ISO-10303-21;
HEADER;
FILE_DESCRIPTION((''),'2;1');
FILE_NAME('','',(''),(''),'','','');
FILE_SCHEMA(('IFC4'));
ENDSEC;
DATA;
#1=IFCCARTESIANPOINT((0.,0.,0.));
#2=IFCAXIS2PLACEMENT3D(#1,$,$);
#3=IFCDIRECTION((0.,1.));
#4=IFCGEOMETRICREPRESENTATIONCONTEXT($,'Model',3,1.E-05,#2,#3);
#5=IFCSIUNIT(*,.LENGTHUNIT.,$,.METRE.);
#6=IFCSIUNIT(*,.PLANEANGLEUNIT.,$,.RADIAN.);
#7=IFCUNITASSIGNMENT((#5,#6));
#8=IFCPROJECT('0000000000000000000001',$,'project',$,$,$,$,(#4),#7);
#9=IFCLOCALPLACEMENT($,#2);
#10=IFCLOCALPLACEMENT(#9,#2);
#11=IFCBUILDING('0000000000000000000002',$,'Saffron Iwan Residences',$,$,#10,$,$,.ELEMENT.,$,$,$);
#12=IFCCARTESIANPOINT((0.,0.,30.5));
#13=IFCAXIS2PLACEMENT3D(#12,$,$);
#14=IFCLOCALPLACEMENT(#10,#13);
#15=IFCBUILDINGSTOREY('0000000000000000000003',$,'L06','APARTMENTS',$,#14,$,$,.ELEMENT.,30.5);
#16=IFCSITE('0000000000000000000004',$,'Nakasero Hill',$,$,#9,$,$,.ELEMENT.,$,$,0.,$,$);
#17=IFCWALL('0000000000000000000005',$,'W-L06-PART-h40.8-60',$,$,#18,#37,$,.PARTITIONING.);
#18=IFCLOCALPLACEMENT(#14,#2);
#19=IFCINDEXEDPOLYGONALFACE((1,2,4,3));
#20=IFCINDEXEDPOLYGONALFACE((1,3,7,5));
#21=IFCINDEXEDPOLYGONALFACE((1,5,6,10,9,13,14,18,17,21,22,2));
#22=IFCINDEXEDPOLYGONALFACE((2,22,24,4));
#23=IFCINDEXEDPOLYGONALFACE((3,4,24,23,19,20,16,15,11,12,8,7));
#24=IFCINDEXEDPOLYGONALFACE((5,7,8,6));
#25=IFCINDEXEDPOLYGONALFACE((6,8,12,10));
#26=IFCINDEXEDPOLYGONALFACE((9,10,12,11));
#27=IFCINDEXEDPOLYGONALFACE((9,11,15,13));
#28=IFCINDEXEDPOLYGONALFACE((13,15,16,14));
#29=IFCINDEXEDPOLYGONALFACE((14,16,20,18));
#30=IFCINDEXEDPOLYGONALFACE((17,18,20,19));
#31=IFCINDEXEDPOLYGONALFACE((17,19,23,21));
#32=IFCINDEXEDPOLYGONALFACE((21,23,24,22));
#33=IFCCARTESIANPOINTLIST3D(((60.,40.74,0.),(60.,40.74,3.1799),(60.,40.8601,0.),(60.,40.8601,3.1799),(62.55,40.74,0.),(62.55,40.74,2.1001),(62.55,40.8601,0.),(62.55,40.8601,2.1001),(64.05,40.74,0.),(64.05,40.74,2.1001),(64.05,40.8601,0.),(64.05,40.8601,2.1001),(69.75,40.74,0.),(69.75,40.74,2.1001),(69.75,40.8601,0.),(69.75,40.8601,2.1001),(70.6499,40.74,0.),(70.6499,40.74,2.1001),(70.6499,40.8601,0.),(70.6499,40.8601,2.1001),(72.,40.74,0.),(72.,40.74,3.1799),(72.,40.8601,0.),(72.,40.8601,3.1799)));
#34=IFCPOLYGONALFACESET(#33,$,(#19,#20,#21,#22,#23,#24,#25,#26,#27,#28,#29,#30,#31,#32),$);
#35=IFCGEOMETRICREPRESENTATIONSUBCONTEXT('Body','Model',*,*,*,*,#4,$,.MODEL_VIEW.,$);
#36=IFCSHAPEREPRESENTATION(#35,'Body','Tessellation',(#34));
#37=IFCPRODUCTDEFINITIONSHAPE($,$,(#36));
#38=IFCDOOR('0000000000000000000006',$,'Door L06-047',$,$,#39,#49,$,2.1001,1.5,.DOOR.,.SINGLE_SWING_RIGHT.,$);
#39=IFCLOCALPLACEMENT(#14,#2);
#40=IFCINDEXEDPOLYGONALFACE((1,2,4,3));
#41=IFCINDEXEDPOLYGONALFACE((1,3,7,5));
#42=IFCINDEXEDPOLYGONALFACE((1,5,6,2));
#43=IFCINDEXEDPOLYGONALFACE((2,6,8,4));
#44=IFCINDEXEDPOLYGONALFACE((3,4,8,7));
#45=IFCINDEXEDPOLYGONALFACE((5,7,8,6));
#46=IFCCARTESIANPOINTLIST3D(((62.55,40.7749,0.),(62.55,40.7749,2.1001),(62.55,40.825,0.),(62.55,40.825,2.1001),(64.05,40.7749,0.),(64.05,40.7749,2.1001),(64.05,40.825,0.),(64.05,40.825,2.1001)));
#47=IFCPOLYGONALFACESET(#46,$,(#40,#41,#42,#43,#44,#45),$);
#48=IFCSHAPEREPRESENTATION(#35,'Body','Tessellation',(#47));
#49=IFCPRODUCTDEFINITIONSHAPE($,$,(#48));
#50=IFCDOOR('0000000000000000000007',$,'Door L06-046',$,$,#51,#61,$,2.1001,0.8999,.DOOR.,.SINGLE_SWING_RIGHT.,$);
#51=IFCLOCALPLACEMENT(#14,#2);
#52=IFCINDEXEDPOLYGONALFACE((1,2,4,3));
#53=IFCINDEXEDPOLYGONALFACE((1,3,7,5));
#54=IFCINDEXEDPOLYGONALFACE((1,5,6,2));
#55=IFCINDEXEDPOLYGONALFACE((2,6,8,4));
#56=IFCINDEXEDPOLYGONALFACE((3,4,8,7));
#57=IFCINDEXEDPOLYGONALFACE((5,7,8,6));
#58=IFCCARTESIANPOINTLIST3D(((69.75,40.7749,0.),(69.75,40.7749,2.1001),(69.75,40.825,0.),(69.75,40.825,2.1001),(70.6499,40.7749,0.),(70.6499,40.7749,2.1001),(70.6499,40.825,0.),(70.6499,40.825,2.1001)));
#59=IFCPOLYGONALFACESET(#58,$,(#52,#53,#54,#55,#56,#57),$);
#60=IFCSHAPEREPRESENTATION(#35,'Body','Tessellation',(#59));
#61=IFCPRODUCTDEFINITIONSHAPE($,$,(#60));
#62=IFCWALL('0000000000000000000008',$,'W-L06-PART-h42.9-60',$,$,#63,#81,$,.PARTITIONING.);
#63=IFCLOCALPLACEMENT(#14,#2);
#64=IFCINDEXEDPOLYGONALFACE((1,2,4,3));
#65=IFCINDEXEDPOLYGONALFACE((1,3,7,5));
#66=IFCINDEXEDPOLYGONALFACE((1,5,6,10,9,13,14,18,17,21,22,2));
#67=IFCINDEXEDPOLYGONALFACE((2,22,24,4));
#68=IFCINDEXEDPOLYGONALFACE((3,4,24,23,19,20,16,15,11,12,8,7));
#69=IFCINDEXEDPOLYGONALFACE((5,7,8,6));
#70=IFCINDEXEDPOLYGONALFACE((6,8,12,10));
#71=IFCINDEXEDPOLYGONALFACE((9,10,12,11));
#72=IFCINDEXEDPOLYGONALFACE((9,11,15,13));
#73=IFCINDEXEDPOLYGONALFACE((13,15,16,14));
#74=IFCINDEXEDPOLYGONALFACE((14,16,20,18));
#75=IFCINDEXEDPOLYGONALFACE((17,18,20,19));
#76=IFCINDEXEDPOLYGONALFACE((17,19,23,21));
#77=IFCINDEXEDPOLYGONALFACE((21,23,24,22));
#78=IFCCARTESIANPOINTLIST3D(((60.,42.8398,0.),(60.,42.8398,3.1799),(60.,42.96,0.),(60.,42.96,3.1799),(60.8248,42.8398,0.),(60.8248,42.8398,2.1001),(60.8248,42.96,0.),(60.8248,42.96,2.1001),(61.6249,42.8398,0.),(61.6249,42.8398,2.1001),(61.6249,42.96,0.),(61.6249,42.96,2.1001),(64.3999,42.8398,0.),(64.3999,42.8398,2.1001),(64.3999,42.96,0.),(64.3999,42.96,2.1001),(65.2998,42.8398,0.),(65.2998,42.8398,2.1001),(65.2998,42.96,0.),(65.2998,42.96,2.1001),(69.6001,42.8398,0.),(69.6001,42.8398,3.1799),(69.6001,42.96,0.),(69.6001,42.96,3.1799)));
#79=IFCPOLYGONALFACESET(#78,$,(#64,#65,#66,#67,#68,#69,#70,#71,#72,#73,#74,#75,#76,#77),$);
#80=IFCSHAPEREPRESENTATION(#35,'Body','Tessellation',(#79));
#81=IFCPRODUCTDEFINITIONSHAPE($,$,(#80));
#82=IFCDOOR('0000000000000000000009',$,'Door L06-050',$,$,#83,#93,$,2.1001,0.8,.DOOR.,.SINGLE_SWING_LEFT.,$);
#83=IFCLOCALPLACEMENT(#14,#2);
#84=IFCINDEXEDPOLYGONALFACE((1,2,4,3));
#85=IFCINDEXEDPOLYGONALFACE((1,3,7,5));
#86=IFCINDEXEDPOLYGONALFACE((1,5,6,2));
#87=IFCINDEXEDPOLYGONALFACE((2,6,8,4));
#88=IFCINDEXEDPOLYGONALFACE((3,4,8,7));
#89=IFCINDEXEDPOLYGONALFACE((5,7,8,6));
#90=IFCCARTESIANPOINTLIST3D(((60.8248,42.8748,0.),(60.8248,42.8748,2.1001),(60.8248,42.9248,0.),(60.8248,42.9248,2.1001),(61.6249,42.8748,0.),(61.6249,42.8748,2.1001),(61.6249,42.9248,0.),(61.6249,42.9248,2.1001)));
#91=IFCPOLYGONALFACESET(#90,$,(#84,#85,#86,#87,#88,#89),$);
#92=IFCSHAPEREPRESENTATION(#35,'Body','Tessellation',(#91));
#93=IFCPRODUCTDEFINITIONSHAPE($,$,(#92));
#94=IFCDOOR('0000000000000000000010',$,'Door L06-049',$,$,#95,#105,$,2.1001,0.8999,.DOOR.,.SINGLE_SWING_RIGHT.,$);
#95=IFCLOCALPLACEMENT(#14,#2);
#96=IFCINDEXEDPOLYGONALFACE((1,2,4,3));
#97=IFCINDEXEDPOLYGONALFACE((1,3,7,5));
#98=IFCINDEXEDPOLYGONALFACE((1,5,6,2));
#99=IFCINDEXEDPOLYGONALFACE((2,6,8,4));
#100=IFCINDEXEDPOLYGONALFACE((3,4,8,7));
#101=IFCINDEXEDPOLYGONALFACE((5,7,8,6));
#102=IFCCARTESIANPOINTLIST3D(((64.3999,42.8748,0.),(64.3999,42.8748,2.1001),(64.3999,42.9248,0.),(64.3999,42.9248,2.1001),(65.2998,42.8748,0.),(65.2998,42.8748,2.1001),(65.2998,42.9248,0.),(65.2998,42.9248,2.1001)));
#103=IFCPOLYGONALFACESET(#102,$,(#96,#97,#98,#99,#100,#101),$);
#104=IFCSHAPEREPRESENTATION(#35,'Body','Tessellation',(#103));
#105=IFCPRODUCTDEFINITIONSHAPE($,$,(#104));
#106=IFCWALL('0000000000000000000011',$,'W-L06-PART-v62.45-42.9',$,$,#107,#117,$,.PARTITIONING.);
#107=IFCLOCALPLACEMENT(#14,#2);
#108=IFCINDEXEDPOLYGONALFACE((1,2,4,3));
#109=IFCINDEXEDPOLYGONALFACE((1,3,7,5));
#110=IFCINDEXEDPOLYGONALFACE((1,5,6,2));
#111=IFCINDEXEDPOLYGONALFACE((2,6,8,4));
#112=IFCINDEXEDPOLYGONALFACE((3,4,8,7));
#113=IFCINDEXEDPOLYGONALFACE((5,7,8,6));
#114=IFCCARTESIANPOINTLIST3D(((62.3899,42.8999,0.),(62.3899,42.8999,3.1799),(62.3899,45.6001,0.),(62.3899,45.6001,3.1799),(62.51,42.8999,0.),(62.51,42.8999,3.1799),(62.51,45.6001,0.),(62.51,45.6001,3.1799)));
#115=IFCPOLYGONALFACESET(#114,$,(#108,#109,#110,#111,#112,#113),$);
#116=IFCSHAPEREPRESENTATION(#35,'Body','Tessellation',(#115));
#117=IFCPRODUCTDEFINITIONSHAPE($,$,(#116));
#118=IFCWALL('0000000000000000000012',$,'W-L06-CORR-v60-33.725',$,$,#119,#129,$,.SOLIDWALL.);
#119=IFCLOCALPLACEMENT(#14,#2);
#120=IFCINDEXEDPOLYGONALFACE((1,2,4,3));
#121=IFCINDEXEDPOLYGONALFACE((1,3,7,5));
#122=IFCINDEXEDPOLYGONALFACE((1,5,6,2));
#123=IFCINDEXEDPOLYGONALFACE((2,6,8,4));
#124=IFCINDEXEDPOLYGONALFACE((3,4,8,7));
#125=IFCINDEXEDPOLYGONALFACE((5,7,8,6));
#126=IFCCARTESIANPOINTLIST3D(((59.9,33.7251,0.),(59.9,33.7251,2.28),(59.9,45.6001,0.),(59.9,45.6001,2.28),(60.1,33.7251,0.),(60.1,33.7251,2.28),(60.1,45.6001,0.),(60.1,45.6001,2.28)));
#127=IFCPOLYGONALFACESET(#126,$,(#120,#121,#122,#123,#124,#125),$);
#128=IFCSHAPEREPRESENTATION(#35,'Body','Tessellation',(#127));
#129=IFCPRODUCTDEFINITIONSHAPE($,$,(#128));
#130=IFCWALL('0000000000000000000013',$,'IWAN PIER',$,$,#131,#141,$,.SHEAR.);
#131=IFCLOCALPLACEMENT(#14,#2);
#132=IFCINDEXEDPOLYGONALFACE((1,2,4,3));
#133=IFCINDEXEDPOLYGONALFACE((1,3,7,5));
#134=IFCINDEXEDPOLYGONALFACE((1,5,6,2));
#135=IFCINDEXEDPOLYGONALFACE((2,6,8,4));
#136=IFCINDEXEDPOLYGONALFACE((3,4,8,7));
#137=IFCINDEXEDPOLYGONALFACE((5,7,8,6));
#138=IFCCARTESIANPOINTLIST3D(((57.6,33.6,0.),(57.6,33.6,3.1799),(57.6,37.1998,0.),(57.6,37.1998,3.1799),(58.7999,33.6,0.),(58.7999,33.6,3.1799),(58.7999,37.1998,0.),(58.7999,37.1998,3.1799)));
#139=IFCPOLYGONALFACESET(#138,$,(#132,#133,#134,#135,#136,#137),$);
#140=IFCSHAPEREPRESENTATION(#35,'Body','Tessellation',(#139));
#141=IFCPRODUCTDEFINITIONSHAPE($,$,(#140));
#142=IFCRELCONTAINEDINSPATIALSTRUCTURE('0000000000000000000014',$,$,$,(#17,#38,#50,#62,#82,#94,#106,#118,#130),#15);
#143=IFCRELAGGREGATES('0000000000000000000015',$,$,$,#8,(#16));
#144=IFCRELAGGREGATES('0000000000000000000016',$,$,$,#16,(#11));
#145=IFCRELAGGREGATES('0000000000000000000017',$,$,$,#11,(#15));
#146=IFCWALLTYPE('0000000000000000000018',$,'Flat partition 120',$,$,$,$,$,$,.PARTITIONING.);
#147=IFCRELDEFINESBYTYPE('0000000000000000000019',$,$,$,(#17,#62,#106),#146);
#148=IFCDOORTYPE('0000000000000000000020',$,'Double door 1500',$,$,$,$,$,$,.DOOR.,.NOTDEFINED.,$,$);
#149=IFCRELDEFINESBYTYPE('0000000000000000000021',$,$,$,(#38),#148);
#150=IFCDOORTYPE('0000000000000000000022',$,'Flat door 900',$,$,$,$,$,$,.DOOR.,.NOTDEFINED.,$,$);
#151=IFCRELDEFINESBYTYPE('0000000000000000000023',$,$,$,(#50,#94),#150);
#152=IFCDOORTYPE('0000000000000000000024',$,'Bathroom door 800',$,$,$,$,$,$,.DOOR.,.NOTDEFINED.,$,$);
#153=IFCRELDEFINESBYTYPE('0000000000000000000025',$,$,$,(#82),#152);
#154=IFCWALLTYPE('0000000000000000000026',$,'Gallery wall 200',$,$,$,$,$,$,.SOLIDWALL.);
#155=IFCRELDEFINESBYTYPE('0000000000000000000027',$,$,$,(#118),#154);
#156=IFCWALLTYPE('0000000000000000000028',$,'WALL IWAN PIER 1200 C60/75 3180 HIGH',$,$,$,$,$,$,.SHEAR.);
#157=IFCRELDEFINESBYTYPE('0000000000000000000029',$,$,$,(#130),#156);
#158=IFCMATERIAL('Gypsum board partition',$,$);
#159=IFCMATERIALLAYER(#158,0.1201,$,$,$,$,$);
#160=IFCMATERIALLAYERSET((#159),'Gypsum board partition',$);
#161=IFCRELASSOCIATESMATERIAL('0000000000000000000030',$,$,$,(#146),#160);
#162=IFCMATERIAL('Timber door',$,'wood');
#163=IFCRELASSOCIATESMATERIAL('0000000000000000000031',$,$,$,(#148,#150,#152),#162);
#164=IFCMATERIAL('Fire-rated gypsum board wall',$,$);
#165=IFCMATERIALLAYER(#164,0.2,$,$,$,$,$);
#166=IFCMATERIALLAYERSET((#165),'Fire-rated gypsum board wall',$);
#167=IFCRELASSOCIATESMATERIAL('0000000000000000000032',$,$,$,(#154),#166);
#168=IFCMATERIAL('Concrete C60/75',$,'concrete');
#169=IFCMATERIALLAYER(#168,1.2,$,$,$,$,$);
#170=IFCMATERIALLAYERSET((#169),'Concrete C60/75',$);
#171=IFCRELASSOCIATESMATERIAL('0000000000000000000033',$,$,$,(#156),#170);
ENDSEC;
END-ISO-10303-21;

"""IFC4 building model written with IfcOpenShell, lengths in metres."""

from ifc_helpers import new_model, si_unit, direction, frame, frame_2d, origin, place, context, subcontext, project, spatial, rectangle, extrude, material, layer, layer_set, type_object, element, fill, save


model = new_model("IFC4")

# Units and contexts
model_context = context("Model", 3, precision=1e-05, world=origin(), true_north=direction((0.0, 1.0)))
body_context = subcontext(model_context, "Body", "Model", "MODEL_VIEW")
ifc_project = project(units=[si_unit("LENGTHUNIT", "METRE"), si_unit("PLANEANGLEUNIT", "RADIAN")], contexts=[model_context])

# Site, building, storey
site_placement = place(None, origin())
site = spatial("IfcSite", under=ifc_project, at=site_placement, Name="Nakasero Hill", CompositionType="ELEMENT", RefElevation=0.0)
building_placement = place(site_placement, origin())
building = spatial("IfcBuilding", under=site, at=building_placement, Name="Saffron Iwan Residences", CompositionType="ELEMENT")
storey_placement = place(building_placement, frame((0.0, 0.0, 30.5)))
storey = spatial("IfcBuildingStorey", under=building, at=storey_placement, Name="L06", Description="APARTMENTS", CompositionType="ELEMENT", Elevation=30.5)

# Shared definitions
ifc_material_1 = material(Name="Concrete C60/75", Category="concrete")

# Walls, openings, doors
ifc_material_2 = material(Name="Gypsum board partition")
ifc_layer_1 = layer(ifc_material_2, 0.1201)
ifc_layer_set_1 = layer_set([ifc_layer_1], Name="Gypsum board partition")
wall_type_1 = type_object("IfcWallType", Name="Flat partition 120", PredefinedType="PARTITIONING", material=ifc_layer_set_1)
wall_1_placement = place(storey_placement, frame((60.0, 40.8, 0.0), z_axis=(0.0, 0.0, 1.0), x_axis=(1.0, 0.0, 0.0)))
wall_1 = element("IfcWall", 1, at=wall_1_placement, inside=storey, type_object=wall_type_1, Name="W-L06-PART-h40.8-60", PredefinedType="PARTITIONING", context=body_context, shape_type="SweptSolid", body=[
    extrude(rectangle(XDim=12.0, YDim=0.1201, at=frame_2d((6.0, 0.0))), origin(), (0.0, 0.0, 1.0), 3.1799),
])
opening_1_placement = place(wall_1_placement, frame((9.75, 0.0, 0.0)))
opening_1 = element("IfcOpeningElement", 2, at=opening_1_placement, cuts=wall_1, PredefinedType="OPENING", context=body_context, shape_type="SweptSolid", body=[
    extrude(rectangle(XDim=0.8999, YDim=2.1001, at=frame_2d((0.45, 1.05))), frame((0.0, 0.0701, 0.0), z_axis=(0.0, -1.0, 0.0), x_axis=(1.0, 0.0, 0.0)), (0.0, 0.0, 1.0), 0.1401),
])
opening_2_placement = place(wall_1_placement, frame((2.55, 0.0, 0.0)))
opening_2 = element("IfcOpeningElement", 3, at=opening_2_placement, cuts=wall_1, PredefinedType="OPENING", context=body_context, shape_type="SweptSolid", body=[
    extrude(rectangle(XDim=1.5, YDim=2.1001, at=frame_2d((0.75, 1.05))), frame((0.0, 0.0701, 0.0), z_axis=(0.0, -1.0, 0.0), x_axis=(1.0, 0.0, 0.0)), (0.0, 0.0, 1.0), 0.1401),
])
ifc_material_3 = material(Name="Timber door", Category="wood")
door_type_1 = type_object("IfcDoorType", Name="Double door 1500", OperationType="NOTDEFINED", PredefinedType="DOOR", material=ifc_material_3)
door_1_placement = place(opening_2_placement, origin())
door_1 = element("IfcDoor", 4, at=door_1_placement, inside=storey, type_object=door_type_1, Name="Door L06-047", OperationType="SINGLE_SWING_RIGHT", OverallHeight=2.1001, OverallWidth=1.5, PredefinedType="DOOR", context=body_context, shape_type="SweptSolid", body=[
    extrude(rectangle(XDim=1.5, YDim=2.1001, at=frame_2d((0.75, 1.05))), frame((0.0, 0.0249, 0.0), z_axis=(0.0, -1.0, 0.0), x_axis=(1.0, 0.0, 0.0)), (0.0, 0.0, 1.0), 0.05),
])
fill(opening_2, door_1)
door_type_2 = type_object("IfcDoorType", Name="Flat door 900", OperationType="NOTDEFINED", PredefinedType="DOOR", material=ifc_material_3)
door_2_placement = place(opening_1_placement, origin())
door_2 = element("IfcDoor", 5, at=door_2_placement, inside=storey, type_object=door_type_2, Name="Door L06-046", OperationType="SINGLE_SWING_RIGHT", OverallHeight=2.1001, OverallWidth=0.8999, PredefinedType="DOOR", context=body_context, shape_type="SweptSolid", body=[
    extrude(rectangle(XDim=0.8999, YDim=2.1001, at=frame_2d((0.45, 1.05))), frame((0.0, 0.0249, 0.0), z_axis=(0.0, -1.0, 0.0), x_axis=(1.0, 0.0, 0.0)), (0.0, 0.0, 1.0), 0.05),
])
fill(opening_1, door_2)
wall_2_placement = place(storey_placement, frame((60.0, 42.8999, 0.0), z_axis=(0.0, 0.0, 1.0), x_axis=(1.0, 0.0, 0.0)))
wall_2 = element("IfcWall", 6, at=wall_2_placement, inside=storey, type_object=wall_type_1, Name="W-L06-PART-h42.9-60", PredefinedType="PARTITIONING", context=body_context, shape_type="SweptSolid", body=[
    extrude(rectangle(XDim=9.6001, YDim=0.1201, at=frame_2d((4.8, 0.0))), origin(), (0.0, 0.0, 1.0), 3.1799),
])
opening_3_placement = place(wall_2_placement, frame((4.3999, 0.0, 0.0)))
opening_3 = element("IfcOpeningElement", 7, at=opening_3_placement, cuts=wall_2, PredefinedType="OPENING", context=body_context, shape_type="SweptSolid", body=[
    extrude(rectangle(XDim=0.8999, YDim=2.1001, at=frame_2d((0.45, 1.05))), frame((0.0, 0.0701, 0.0), z_axis=(0.0, -1.0, 0.0), x_axis=(1.0, 0.0, 0.0)), (0.0, 0.0, 1.0), 0.1401),
])
opening_4_placement = place(wall_2_placement, frame((0.825, 0.0, 0.0)))
opening_4 = element("IfcOpeningElement", 8, at=opening_4_placement, cuts=wall_2, PredefinedType="OPENING", context=body_context, shape_type="SweptSolid", body=[
    extrude(rectangle(XDim=0.8, YDim=2.1001, at=frame_2d((0.3999, 1.05))), frame((0.0, 0.0701, 0.0), z_axis=(0.0, -1.0, 0.0), x_axis=(1.0, 0.0, 0.0)), (0.0, 0.0, 1.0), 0.1401),
])
door_type_3 = type_object("IfcDoorType", Name="Bathroom door 800", OperationType="NOTDEFINED", PredefinedType="DOOR", material=ifc_material_3)
door_3_placement = place(opening_4_placement, origin())
door_3 = element("IfcDoor", 9, at=door_3_placement, inside=storey, type_object=door_type_3, Name="Door L06-050", OperationType="SINGLE_SWING_LEFT", OverallHeight=2.1001, OverallWidth=0.8, PredefinedType="DOOR", context=body_context, shape_type="SweptSolid", body=[
    extrude(rectangle(XDim=0.8, YDim=2.1001, at=frame_2d((0.3999, 1.05))), frame((0.0, 0.0249, 0.0), z_axis=(0.0, -1.0, 0.0), x_axis=(1.0, 0.0, 0.0)), (0.0, 0.0, 1.0), 0.05),
])
fill(opening_4, door_3)
door_4_placement = place(opening_3_placement, origin())
door_4 = element("IfcDoor", 10, at=door_4_placement, inside=storey, type_object=door_type_2, Name="Door L06-049", OperationType="SINGLE_SWING_RIGHT", OverallHeight=2.1001, OverallWidth=0.8999, PredefinedType="DOOR", context=body_context, shape_type="SweptSolid", body=[
    extrude(rectangle(XDim=0.8999, YDim=2.1001, at=frame_2d((0.45, 1.05))), frame((0.0, 0.0249, 0.0), z_axis=(0.0, -1.0, 0.0), x_axis=(1.0, 0.0, 0.0)), (0.0, 0.0, 1.0), 0.05),
])
fill(opening_3, door_4)

# Walls
wall_3_placement = place(storey_placement, frame((62.45, 42.8999, 0.0), z_axis=(0.0, 0.0, 1.0), x_axis=(0.0, 1.0, 0.0)))
element("IfcWall", 11, at=wall_3_placement, inside=storey, type_object=wall_type_1, Name="W-L06-PART-v62.45-42.9", PredefinedType="PARTITIONING", context=body_context, shape_type="SweptSolid", body=[
    extrude(rectangle(XDim=2.7002, YDim=0.1201, at=frame_2d((1.3501, 0.0))), origin(), (0.0, 0.0, 1.0), 3.1799),
])
ifc_material_4 = material(Name="Fire-rated gypsum board wall")
ifc_layer_2 = layer(ifc_material_4, 0.2)
ifc_layer_set_2 = layer_set([ifc_layer_2], Name="Fire-rated gypsum board wall")
wall_type_2 = type_object("IfcWallType", Name="Gallery wall 200", PredefinedType="SOLIDWALL", material=ifc_layer_set_2)
wall_4_placement = place(storey_placement, frame((60.0, 33.7251, 0.0), z_axis=(0.0, 0.0, 1.0), x_axis=(0.0, 1.0, 0.0)))
element("IfcWall", 12, at=wall_4_placement, inside=storey, type_object=wall_type_2, Name="W-L06-CORR-v60-33.725", PredefinedType="SOLIDWALL", context=body_context, shape_type="SweptSolid", body=[
    extrude(rectangle(XDim=11.875, YDim=0.2, at=frame_2d((5.9375, 0.0))), origin(), (0.0, 0.0, 1.0), 2.28),
])
ifc_layer_3 = layer(ifc_material_1, 1.2)
ifc_layer_set_3 = layer_set([ifc_layer_3], Name="Concrete C60/75")
wall_type_3 = type_object("IfcWallType", Name="WALL IWAN PIER 1200 C60/75 3180 HIGH", PredefinedType="SHEAR", material=ifc_layer_set_3)
wall_5_placement = place(storey_placement, frame((58.2, 33.6001, 0.0), z_axis=(0.0, 0.0, 1.0), x_axis=(0.0, 1.0, 0.0)))
element("IfcWall", 13, at=wall_5_placement, inside=storey, type_object=wall_type_3, Name="IWAN PIER", PredefinedType="SHEAR", context=body_context, shape_type="SweptSolid", body=[
    extrude(rectangle(XDim=3.5999, YDim=1.2, at=frame_2d((1.7998, 0.0))), origin(), (0.0, 0.0, 1.0), 3.1799),
])

save(model, "model.ifc")
